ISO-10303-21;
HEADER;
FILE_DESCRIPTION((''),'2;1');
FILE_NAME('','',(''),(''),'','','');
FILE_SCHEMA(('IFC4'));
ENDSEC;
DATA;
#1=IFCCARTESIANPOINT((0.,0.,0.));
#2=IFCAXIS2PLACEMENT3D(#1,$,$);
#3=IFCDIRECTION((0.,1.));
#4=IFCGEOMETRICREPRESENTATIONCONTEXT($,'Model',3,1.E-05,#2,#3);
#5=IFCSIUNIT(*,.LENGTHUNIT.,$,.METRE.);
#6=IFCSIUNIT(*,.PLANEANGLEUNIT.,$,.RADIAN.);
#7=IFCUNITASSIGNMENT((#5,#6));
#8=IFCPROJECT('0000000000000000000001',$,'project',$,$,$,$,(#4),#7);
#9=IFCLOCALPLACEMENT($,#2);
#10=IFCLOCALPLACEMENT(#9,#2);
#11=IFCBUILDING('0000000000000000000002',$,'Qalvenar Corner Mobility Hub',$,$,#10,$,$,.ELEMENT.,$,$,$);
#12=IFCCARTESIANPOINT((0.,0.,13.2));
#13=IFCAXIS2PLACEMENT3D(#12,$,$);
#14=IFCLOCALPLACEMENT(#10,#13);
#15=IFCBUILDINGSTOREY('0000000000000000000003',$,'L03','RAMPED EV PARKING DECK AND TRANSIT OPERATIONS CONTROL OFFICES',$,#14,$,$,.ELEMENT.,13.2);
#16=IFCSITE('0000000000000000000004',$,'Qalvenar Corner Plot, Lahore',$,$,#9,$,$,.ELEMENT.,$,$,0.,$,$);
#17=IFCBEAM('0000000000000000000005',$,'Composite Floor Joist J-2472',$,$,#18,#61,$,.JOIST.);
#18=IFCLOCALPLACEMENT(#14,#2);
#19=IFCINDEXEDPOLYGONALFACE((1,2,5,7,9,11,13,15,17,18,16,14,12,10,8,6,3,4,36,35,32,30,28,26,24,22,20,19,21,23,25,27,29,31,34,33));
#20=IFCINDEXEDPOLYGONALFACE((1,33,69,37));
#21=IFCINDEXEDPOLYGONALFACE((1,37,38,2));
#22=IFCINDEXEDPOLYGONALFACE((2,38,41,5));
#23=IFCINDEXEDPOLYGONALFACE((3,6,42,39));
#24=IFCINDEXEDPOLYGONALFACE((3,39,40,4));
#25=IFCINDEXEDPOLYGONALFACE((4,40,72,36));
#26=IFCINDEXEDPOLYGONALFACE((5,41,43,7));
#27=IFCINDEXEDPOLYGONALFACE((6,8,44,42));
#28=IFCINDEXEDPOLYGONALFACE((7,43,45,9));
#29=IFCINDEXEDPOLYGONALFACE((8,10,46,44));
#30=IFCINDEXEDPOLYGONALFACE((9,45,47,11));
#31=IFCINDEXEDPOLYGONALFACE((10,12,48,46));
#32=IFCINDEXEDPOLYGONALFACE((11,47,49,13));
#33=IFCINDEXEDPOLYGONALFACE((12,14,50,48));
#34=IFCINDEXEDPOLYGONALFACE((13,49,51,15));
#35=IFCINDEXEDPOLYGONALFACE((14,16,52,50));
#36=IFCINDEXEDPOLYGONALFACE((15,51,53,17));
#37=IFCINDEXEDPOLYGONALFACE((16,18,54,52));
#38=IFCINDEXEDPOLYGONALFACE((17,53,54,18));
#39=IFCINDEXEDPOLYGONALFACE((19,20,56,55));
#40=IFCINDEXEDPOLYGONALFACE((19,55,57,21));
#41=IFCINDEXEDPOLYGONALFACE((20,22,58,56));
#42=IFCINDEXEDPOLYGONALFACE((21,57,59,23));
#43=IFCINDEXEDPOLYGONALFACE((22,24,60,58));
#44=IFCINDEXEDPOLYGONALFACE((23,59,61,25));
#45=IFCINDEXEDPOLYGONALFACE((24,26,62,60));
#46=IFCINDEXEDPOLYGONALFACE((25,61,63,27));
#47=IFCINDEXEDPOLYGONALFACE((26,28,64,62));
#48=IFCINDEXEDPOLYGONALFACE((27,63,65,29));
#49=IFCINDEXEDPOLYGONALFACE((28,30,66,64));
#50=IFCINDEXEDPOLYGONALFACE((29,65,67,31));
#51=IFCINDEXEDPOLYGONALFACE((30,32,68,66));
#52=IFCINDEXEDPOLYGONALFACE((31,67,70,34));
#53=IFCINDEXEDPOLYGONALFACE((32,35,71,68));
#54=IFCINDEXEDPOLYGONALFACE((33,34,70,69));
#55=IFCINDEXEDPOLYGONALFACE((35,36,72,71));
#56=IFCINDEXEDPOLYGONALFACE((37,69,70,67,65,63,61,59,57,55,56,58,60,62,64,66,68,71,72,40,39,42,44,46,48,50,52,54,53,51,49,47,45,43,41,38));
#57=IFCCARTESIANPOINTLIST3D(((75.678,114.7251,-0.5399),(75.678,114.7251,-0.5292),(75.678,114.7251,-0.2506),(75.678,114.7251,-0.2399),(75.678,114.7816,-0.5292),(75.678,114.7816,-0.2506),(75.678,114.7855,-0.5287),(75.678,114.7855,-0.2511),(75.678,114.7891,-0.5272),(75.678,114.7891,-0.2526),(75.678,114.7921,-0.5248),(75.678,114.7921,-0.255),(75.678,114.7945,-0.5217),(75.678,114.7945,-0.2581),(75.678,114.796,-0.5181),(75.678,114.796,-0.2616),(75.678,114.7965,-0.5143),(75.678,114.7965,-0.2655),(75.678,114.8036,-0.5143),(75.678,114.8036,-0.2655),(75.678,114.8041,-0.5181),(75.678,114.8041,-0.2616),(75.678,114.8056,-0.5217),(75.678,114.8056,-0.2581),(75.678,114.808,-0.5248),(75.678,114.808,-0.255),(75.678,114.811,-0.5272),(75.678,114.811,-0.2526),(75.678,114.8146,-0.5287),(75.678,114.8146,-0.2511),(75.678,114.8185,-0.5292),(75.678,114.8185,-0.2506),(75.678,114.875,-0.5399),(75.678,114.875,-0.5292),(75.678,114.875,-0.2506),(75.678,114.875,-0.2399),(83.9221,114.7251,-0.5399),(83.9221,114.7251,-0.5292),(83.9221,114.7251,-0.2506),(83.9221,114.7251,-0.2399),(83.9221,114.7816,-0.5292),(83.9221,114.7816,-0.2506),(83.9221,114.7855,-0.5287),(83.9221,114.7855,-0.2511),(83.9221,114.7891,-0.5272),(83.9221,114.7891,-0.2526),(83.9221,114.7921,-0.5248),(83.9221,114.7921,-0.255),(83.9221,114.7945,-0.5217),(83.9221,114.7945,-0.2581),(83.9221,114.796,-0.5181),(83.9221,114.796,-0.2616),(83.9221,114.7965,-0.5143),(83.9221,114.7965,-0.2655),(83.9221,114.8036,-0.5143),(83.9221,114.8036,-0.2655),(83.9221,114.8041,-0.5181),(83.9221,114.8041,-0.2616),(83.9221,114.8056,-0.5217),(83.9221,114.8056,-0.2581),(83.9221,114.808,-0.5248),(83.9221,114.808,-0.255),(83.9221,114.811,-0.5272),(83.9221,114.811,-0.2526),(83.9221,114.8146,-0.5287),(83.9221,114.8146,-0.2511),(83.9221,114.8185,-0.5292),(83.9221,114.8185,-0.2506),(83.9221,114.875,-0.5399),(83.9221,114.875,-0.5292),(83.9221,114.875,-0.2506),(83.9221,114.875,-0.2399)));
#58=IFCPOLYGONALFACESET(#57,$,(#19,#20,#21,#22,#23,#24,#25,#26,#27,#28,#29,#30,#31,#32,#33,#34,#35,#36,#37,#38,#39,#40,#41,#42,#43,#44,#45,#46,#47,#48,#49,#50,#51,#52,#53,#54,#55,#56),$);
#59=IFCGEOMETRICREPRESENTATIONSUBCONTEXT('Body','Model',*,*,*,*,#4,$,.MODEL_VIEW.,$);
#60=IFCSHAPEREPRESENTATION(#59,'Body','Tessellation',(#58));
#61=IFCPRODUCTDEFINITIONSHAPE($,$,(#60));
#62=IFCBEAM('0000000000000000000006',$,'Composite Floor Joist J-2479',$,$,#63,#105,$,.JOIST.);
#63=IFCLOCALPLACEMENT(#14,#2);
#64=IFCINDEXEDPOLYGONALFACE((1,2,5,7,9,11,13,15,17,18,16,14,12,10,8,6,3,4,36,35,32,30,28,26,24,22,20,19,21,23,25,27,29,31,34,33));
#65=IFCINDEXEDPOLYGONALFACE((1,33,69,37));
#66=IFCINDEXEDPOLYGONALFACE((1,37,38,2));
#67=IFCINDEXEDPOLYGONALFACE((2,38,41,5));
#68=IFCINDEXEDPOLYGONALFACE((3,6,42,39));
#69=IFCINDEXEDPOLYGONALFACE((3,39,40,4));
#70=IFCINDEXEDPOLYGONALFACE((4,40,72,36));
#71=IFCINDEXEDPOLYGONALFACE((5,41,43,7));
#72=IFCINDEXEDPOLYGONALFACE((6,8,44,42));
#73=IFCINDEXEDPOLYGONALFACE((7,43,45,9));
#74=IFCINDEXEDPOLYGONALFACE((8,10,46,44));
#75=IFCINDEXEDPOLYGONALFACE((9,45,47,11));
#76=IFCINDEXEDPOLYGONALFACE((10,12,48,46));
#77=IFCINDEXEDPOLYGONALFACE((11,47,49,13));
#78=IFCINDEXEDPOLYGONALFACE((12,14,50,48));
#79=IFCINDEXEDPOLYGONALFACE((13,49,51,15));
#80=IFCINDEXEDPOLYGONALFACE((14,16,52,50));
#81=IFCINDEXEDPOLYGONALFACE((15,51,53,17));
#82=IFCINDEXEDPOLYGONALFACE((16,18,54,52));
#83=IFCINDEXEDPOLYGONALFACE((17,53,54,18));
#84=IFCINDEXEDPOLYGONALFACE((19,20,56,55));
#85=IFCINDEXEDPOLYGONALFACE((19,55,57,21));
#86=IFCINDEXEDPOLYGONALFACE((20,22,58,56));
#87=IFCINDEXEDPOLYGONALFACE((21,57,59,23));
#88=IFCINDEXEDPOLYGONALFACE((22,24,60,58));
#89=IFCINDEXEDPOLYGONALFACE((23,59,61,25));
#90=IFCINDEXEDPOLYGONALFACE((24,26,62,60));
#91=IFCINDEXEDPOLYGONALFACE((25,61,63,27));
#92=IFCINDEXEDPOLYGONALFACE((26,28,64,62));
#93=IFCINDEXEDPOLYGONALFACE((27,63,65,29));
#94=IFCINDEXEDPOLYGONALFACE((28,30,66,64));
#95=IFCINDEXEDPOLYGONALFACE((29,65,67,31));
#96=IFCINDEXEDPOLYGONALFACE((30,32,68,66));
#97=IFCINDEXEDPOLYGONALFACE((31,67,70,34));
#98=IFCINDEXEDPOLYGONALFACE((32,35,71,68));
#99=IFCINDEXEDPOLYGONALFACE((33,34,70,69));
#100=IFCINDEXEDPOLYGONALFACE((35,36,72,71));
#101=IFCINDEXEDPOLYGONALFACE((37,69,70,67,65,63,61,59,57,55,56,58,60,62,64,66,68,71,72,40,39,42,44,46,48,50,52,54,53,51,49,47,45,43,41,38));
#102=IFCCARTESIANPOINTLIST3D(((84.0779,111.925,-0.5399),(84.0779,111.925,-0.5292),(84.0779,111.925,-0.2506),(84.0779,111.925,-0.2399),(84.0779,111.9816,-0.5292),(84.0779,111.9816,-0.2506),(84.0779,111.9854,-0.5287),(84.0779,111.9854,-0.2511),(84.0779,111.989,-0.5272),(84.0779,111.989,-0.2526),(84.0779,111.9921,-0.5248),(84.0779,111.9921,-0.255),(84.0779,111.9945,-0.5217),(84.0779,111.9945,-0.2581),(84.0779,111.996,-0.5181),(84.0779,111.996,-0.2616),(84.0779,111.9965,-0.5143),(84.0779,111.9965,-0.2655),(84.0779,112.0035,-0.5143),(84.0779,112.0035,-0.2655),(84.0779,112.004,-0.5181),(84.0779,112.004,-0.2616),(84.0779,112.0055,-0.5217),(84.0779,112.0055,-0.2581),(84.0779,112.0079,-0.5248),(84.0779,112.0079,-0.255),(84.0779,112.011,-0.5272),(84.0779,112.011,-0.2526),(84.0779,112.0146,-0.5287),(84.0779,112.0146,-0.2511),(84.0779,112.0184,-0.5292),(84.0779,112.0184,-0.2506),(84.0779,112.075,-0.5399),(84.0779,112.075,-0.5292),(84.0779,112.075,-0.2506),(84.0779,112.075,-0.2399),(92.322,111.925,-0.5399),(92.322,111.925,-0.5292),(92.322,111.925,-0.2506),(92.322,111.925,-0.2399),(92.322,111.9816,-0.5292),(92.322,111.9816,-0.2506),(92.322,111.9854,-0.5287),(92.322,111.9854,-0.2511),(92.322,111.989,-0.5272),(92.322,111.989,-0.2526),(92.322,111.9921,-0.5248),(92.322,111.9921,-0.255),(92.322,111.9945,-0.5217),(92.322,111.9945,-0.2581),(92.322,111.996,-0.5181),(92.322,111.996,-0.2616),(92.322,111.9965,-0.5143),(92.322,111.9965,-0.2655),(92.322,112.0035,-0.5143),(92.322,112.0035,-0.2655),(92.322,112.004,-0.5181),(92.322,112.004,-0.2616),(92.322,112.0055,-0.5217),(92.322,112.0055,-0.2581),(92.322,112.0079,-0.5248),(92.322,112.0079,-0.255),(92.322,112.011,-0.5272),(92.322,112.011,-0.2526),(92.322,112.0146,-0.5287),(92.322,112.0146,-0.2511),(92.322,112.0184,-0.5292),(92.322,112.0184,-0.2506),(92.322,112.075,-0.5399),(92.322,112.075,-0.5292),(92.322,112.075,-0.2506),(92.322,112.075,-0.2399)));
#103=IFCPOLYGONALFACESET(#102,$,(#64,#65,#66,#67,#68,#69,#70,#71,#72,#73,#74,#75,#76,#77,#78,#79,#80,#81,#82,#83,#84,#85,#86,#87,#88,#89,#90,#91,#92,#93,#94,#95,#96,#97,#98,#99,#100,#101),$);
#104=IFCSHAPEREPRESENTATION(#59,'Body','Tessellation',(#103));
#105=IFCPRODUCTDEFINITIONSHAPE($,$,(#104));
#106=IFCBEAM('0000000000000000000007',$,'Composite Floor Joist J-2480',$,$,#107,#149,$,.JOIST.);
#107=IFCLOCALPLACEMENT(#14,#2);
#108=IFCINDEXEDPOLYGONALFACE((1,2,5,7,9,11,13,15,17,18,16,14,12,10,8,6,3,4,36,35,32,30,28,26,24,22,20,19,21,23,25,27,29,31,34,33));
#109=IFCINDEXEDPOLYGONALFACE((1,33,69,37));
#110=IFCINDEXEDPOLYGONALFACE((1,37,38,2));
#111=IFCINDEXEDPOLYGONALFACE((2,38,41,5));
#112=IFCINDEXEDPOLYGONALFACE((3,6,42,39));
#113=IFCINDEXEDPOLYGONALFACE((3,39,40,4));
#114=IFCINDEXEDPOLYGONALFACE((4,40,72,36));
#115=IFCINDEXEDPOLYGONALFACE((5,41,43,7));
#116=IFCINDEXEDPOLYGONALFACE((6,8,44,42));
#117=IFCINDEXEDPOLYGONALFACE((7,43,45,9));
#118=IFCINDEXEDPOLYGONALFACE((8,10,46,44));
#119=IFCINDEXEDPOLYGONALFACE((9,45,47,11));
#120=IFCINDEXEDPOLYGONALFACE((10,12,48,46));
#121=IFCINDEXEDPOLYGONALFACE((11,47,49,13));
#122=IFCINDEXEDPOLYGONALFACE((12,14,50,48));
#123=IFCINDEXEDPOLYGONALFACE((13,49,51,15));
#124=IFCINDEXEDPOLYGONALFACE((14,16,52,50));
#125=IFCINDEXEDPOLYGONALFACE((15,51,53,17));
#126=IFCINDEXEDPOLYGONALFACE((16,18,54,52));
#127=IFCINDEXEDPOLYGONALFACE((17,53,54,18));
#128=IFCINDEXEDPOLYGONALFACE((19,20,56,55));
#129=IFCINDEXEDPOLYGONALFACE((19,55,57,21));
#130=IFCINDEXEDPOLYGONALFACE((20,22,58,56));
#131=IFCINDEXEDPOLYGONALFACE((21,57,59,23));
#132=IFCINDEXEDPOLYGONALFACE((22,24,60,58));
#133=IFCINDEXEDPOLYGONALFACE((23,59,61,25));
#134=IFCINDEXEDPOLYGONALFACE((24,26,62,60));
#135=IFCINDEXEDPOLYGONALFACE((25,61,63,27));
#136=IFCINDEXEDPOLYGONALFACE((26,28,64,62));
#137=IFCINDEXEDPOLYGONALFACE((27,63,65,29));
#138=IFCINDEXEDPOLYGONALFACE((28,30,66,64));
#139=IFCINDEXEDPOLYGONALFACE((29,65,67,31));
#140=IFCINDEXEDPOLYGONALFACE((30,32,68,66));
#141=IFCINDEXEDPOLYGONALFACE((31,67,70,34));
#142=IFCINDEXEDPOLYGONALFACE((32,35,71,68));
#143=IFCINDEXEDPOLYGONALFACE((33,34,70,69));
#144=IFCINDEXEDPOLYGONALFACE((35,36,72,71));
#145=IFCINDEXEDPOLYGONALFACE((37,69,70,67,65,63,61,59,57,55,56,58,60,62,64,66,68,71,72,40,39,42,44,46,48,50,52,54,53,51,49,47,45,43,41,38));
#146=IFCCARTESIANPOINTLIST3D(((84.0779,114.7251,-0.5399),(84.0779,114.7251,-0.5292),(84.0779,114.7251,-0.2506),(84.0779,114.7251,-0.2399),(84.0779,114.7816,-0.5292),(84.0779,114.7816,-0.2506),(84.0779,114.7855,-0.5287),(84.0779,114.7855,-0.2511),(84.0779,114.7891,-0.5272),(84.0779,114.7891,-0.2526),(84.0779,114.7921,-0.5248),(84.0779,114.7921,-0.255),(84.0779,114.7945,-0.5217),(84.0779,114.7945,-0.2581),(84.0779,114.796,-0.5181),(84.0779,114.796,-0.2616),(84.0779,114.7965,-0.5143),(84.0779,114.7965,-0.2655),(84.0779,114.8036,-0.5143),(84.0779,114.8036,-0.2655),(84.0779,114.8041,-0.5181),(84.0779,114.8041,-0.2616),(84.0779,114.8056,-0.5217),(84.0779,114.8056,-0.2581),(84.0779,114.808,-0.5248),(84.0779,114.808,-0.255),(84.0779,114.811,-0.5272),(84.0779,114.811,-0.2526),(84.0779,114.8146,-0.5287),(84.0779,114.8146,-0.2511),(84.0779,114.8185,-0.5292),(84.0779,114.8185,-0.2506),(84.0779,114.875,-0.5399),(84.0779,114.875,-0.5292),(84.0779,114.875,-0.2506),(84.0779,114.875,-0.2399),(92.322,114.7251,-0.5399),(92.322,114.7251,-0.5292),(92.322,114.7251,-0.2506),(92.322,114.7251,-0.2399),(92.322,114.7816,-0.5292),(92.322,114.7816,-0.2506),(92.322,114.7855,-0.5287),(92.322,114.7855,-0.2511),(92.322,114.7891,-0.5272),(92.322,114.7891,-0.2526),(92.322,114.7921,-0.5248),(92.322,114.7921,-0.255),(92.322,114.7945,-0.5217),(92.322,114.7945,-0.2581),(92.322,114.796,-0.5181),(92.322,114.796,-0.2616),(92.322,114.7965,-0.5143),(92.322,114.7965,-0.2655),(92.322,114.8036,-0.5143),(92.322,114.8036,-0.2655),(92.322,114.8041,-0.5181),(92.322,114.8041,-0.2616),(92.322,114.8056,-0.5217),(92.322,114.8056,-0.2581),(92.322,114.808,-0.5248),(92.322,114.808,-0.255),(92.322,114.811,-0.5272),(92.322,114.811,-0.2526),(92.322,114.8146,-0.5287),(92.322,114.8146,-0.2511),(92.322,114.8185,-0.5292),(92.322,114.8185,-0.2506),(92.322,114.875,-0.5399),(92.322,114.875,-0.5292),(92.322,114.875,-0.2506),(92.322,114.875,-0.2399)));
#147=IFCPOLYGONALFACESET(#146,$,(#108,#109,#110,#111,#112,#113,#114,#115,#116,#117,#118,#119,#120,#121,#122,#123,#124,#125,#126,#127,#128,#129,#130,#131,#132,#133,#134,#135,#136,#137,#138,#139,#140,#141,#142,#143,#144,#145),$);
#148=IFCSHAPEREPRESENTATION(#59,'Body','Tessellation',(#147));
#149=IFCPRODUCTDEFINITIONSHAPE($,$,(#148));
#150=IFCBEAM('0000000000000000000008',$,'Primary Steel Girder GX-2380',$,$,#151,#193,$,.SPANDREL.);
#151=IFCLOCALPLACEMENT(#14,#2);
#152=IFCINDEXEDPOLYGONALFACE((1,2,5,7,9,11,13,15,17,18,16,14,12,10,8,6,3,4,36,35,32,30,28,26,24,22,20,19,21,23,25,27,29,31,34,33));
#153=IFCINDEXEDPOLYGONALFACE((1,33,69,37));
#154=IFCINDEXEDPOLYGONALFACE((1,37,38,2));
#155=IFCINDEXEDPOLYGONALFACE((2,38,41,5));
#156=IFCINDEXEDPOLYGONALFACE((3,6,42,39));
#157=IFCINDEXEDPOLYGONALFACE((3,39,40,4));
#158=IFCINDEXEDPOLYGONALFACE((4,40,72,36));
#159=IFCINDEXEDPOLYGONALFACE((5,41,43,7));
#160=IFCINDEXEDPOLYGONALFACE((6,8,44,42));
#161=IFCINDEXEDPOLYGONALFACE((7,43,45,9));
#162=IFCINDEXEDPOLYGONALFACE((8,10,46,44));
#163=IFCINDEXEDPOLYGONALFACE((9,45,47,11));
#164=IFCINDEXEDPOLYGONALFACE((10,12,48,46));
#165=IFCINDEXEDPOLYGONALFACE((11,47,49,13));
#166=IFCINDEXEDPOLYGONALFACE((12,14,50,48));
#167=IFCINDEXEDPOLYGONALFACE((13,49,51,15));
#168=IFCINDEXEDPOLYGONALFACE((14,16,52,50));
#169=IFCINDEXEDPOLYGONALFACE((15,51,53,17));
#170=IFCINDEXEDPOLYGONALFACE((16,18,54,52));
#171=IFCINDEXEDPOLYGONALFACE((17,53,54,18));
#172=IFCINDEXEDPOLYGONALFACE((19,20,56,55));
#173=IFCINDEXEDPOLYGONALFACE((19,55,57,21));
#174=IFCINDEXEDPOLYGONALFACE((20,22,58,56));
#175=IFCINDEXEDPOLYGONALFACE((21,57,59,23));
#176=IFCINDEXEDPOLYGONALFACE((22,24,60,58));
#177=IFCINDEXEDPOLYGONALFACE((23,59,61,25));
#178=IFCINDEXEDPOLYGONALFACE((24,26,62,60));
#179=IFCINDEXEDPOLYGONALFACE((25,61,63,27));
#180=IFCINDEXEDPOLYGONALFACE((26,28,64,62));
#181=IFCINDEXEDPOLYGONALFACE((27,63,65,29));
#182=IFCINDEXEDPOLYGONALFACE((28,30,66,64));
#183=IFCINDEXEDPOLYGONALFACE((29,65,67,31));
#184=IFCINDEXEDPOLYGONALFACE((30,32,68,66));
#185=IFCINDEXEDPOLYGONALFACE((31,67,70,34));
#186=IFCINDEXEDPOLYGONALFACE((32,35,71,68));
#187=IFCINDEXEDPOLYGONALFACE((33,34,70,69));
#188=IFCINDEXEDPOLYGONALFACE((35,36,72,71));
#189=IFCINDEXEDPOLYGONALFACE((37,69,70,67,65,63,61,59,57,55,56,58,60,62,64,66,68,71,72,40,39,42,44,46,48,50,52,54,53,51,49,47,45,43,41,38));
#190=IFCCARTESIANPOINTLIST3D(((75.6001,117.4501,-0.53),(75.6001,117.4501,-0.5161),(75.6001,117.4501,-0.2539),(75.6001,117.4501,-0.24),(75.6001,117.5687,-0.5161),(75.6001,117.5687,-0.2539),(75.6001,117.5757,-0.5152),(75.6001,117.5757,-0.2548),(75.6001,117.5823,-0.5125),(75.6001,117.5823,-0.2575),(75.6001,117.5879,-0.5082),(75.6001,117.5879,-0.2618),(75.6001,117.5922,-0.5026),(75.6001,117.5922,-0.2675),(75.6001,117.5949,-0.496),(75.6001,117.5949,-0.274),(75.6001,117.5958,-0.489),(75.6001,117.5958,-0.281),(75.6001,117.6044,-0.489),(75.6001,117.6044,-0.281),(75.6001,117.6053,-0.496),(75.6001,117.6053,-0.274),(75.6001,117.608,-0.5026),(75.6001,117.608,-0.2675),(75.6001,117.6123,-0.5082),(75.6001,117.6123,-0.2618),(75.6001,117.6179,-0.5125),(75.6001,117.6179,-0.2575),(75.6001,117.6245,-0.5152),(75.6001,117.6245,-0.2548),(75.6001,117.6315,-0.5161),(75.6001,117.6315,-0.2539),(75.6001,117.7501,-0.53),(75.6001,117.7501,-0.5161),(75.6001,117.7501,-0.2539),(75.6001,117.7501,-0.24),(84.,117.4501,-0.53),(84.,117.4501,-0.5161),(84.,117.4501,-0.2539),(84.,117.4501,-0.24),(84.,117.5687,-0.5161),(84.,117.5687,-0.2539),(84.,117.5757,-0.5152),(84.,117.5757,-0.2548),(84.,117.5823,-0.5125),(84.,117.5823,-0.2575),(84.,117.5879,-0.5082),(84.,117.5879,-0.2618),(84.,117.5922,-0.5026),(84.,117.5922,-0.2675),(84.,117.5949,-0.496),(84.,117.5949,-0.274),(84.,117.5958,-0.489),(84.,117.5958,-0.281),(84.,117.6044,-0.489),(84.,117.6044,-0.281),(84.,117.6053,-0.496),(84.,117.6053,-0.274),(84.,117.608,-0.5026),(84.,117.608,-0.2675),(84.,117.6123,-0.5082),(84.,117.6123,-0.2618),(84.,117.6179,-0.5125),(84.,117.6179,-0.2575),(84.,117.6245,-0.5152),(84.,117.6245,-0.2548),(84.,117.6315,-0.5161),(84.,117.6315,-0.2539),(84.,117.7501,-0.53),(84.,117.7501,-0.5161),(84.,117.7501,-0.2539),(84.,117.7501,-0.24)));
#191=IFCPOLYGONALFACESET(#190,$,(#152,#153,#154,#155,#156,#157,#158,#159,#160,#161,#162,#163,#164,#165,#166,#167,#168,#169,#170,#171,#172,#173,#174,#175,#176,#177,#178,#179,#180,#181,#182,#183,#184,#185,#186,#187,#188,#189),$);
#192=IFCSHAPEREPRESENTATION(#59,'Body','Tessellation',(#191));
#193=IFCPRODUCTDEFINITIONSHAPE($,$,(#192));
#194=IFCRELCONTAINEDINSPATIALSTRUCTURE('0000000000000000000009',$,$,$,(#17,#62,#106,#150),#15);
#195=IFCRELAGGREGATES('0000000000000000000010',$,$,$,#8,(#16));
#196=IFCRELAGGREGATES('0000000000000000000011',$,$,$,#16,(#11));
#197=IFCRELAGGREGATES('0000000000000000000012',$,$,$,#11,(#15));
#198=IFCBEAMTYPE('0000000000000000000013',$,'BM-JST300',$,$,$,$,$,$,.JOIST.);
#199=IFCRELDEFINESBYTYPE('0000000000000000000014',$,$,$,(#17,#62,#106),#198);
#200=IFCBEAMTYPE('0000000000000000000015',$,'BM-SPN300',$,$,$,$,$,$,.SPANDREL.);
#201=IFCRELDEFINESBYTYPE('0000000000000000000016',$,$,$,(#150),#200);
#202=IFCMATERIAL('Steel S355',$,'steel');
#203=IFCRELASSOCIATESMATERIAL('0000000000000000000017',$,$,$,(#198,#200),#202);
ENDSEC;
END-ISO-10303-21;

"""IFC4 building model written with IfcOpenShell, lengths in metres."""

from ifc_helpers import new_model, si_unit, direction, frame, origin, origin_2d, place, context, subcontext, project, spatial, i_section, extrude, material, material_profile, profile_set, type_object, element, save


model = new_model("IFC4")

# Units and contexts
model_context = context("Model", 3, precision=1e-05, world=origin(), true_north=direction((0.0, 1.0)))
body_context = subcontext(model_context, "Body", "Model", "MODEL_VIEW")
ifc_project = project(units=[si_unit("LENGTHUNIT", "METRE"), si_unit("PLANEANGLEUNIT", "RADIAN")], contexts=[model_context])

# Site, building, storey
site_placement = place(None, origin())
site = spatial("IfcSite", under=ifc_project, at=site_placement, Name="Qalvenar Corner Plot, Lahore", CompositionType="ELEMENT", RefElevation=0.0)
building_placement = place(site_placement, origin())
building = spatial("IfcBuilding", under=site, at=building_placement, Name="Qalvenar Corner Mobility Hub", CompositionType="ELEMENT")
storey_placement = place(building_placement, frame((0.0, 0.0, 13.2)))
storey = spatial("IfcBuildingStorey", under=building, at=storey_placement, Name="L03", Description="RAMPED EV PARKING DECK AND TRANSIT OPERATIONS CONTROL OFFICES", CompositionType="ELEMENT", Elevation=13.2)

# Shared definitions
ifc_material = material(Name="Steel S355", Category="steel")

# Beams
ifc_material_profile_1 = material_profile(ifc_material, i_section(OverallWidth=0.1499, OverallDepth=0.3, WebThickness=0.0071, FlangeThickness=0.0107, FilletRadius=0.0149, at=origin_2d()), Name="IPE300")
ifc_profile_set_1 = profile_set([ifc_material_profile_1], Name="Steel S355")
beam_type_1 = type_object("IfcBeamType", Name="BM-JST300", PredefinedType="JOIST", material=ifc_profile_set_1)
for number, where, z_axis, x_axis, name in (
    (1, (75.678, 114.8, -0.3899), (1.0, 0.0, 0.0), (0.0, 1.0, 0.0), "Composite Floor Joist J-2472"),
    (2, (84.0779, 112.0, -0.3899), (1.0, 0.0, 0.0), (0.0, 1.0, 0.0), "Composite Floor Joist J-2479"),
    (3, (84.0779, 114.8, -0.3899), (1.0, 0.0, 0.0), (0.0, 1.0, 0.0), "Composite Floor Joist J-2480"),
):
    element("IfcBeam", number, at=place(storey_placement, frame(where, z_axis=z_axis, x_axis=x_axis)), inside=storey, type_object=beam_type_1, Name=name, PredefinedType="JOIST", context=body_context, shape_type="SweptSolid", body=[
        extrude(i_section(OverallWidth=0.1499, OverallDepth=0.3, WebThickness=0.0071, FlangeThickness=0.0107, FilletRadius=0.0149, at=origin_2d()), origin(), (0.0, 0.0, 1.0), 8.2441),
    ])
ifc_material_profile_2 = material_profile(ifc_material, i_section(OverallWidth=0.3, OverallDepth=0.29, WebThickness=0.0085, FlangeThickness=0.0139, FilletRadius=0.0271, at=origin_2d()), Name="HEA300")
ifc_profile_set_2 = profile_set([ifc_material_profile_2], Name="Steel S355")
beam_type_2 = type_object("IfcBeamType", Name="BM-SPN300", PredefinedType="SPANDREL", material=ifc_profile_set_2)
for number, where, z_axis, x_axis, name in (
    (4, (75.6001, 117.6001, -0.385), (1.0, 0.0, 0.0), (0.0, 1.0, 0.0), "Primary Steel Girder GX-2380"),
):
    element("IfcBeam", number, at=place(storey_placement, frame(where, z_axis=z_axis, x_axis=x_axis)), inside=storey, type_object=beam_type_2, Name=name, PredefinedType="SPANDREL", context=body_context, shape_type="SweptSolid", body=[
        extrude(i_section(OverallWidth=0.3, OverallDepth=0.29, WebThickness=0.0085, FlangeThickness=0.0139, FilletRadius=0.0271, at=origin_2d()), origin(), (0.0, 0.0, 1.0), 8.3999),
    ])

save(model, "model.ifc")
